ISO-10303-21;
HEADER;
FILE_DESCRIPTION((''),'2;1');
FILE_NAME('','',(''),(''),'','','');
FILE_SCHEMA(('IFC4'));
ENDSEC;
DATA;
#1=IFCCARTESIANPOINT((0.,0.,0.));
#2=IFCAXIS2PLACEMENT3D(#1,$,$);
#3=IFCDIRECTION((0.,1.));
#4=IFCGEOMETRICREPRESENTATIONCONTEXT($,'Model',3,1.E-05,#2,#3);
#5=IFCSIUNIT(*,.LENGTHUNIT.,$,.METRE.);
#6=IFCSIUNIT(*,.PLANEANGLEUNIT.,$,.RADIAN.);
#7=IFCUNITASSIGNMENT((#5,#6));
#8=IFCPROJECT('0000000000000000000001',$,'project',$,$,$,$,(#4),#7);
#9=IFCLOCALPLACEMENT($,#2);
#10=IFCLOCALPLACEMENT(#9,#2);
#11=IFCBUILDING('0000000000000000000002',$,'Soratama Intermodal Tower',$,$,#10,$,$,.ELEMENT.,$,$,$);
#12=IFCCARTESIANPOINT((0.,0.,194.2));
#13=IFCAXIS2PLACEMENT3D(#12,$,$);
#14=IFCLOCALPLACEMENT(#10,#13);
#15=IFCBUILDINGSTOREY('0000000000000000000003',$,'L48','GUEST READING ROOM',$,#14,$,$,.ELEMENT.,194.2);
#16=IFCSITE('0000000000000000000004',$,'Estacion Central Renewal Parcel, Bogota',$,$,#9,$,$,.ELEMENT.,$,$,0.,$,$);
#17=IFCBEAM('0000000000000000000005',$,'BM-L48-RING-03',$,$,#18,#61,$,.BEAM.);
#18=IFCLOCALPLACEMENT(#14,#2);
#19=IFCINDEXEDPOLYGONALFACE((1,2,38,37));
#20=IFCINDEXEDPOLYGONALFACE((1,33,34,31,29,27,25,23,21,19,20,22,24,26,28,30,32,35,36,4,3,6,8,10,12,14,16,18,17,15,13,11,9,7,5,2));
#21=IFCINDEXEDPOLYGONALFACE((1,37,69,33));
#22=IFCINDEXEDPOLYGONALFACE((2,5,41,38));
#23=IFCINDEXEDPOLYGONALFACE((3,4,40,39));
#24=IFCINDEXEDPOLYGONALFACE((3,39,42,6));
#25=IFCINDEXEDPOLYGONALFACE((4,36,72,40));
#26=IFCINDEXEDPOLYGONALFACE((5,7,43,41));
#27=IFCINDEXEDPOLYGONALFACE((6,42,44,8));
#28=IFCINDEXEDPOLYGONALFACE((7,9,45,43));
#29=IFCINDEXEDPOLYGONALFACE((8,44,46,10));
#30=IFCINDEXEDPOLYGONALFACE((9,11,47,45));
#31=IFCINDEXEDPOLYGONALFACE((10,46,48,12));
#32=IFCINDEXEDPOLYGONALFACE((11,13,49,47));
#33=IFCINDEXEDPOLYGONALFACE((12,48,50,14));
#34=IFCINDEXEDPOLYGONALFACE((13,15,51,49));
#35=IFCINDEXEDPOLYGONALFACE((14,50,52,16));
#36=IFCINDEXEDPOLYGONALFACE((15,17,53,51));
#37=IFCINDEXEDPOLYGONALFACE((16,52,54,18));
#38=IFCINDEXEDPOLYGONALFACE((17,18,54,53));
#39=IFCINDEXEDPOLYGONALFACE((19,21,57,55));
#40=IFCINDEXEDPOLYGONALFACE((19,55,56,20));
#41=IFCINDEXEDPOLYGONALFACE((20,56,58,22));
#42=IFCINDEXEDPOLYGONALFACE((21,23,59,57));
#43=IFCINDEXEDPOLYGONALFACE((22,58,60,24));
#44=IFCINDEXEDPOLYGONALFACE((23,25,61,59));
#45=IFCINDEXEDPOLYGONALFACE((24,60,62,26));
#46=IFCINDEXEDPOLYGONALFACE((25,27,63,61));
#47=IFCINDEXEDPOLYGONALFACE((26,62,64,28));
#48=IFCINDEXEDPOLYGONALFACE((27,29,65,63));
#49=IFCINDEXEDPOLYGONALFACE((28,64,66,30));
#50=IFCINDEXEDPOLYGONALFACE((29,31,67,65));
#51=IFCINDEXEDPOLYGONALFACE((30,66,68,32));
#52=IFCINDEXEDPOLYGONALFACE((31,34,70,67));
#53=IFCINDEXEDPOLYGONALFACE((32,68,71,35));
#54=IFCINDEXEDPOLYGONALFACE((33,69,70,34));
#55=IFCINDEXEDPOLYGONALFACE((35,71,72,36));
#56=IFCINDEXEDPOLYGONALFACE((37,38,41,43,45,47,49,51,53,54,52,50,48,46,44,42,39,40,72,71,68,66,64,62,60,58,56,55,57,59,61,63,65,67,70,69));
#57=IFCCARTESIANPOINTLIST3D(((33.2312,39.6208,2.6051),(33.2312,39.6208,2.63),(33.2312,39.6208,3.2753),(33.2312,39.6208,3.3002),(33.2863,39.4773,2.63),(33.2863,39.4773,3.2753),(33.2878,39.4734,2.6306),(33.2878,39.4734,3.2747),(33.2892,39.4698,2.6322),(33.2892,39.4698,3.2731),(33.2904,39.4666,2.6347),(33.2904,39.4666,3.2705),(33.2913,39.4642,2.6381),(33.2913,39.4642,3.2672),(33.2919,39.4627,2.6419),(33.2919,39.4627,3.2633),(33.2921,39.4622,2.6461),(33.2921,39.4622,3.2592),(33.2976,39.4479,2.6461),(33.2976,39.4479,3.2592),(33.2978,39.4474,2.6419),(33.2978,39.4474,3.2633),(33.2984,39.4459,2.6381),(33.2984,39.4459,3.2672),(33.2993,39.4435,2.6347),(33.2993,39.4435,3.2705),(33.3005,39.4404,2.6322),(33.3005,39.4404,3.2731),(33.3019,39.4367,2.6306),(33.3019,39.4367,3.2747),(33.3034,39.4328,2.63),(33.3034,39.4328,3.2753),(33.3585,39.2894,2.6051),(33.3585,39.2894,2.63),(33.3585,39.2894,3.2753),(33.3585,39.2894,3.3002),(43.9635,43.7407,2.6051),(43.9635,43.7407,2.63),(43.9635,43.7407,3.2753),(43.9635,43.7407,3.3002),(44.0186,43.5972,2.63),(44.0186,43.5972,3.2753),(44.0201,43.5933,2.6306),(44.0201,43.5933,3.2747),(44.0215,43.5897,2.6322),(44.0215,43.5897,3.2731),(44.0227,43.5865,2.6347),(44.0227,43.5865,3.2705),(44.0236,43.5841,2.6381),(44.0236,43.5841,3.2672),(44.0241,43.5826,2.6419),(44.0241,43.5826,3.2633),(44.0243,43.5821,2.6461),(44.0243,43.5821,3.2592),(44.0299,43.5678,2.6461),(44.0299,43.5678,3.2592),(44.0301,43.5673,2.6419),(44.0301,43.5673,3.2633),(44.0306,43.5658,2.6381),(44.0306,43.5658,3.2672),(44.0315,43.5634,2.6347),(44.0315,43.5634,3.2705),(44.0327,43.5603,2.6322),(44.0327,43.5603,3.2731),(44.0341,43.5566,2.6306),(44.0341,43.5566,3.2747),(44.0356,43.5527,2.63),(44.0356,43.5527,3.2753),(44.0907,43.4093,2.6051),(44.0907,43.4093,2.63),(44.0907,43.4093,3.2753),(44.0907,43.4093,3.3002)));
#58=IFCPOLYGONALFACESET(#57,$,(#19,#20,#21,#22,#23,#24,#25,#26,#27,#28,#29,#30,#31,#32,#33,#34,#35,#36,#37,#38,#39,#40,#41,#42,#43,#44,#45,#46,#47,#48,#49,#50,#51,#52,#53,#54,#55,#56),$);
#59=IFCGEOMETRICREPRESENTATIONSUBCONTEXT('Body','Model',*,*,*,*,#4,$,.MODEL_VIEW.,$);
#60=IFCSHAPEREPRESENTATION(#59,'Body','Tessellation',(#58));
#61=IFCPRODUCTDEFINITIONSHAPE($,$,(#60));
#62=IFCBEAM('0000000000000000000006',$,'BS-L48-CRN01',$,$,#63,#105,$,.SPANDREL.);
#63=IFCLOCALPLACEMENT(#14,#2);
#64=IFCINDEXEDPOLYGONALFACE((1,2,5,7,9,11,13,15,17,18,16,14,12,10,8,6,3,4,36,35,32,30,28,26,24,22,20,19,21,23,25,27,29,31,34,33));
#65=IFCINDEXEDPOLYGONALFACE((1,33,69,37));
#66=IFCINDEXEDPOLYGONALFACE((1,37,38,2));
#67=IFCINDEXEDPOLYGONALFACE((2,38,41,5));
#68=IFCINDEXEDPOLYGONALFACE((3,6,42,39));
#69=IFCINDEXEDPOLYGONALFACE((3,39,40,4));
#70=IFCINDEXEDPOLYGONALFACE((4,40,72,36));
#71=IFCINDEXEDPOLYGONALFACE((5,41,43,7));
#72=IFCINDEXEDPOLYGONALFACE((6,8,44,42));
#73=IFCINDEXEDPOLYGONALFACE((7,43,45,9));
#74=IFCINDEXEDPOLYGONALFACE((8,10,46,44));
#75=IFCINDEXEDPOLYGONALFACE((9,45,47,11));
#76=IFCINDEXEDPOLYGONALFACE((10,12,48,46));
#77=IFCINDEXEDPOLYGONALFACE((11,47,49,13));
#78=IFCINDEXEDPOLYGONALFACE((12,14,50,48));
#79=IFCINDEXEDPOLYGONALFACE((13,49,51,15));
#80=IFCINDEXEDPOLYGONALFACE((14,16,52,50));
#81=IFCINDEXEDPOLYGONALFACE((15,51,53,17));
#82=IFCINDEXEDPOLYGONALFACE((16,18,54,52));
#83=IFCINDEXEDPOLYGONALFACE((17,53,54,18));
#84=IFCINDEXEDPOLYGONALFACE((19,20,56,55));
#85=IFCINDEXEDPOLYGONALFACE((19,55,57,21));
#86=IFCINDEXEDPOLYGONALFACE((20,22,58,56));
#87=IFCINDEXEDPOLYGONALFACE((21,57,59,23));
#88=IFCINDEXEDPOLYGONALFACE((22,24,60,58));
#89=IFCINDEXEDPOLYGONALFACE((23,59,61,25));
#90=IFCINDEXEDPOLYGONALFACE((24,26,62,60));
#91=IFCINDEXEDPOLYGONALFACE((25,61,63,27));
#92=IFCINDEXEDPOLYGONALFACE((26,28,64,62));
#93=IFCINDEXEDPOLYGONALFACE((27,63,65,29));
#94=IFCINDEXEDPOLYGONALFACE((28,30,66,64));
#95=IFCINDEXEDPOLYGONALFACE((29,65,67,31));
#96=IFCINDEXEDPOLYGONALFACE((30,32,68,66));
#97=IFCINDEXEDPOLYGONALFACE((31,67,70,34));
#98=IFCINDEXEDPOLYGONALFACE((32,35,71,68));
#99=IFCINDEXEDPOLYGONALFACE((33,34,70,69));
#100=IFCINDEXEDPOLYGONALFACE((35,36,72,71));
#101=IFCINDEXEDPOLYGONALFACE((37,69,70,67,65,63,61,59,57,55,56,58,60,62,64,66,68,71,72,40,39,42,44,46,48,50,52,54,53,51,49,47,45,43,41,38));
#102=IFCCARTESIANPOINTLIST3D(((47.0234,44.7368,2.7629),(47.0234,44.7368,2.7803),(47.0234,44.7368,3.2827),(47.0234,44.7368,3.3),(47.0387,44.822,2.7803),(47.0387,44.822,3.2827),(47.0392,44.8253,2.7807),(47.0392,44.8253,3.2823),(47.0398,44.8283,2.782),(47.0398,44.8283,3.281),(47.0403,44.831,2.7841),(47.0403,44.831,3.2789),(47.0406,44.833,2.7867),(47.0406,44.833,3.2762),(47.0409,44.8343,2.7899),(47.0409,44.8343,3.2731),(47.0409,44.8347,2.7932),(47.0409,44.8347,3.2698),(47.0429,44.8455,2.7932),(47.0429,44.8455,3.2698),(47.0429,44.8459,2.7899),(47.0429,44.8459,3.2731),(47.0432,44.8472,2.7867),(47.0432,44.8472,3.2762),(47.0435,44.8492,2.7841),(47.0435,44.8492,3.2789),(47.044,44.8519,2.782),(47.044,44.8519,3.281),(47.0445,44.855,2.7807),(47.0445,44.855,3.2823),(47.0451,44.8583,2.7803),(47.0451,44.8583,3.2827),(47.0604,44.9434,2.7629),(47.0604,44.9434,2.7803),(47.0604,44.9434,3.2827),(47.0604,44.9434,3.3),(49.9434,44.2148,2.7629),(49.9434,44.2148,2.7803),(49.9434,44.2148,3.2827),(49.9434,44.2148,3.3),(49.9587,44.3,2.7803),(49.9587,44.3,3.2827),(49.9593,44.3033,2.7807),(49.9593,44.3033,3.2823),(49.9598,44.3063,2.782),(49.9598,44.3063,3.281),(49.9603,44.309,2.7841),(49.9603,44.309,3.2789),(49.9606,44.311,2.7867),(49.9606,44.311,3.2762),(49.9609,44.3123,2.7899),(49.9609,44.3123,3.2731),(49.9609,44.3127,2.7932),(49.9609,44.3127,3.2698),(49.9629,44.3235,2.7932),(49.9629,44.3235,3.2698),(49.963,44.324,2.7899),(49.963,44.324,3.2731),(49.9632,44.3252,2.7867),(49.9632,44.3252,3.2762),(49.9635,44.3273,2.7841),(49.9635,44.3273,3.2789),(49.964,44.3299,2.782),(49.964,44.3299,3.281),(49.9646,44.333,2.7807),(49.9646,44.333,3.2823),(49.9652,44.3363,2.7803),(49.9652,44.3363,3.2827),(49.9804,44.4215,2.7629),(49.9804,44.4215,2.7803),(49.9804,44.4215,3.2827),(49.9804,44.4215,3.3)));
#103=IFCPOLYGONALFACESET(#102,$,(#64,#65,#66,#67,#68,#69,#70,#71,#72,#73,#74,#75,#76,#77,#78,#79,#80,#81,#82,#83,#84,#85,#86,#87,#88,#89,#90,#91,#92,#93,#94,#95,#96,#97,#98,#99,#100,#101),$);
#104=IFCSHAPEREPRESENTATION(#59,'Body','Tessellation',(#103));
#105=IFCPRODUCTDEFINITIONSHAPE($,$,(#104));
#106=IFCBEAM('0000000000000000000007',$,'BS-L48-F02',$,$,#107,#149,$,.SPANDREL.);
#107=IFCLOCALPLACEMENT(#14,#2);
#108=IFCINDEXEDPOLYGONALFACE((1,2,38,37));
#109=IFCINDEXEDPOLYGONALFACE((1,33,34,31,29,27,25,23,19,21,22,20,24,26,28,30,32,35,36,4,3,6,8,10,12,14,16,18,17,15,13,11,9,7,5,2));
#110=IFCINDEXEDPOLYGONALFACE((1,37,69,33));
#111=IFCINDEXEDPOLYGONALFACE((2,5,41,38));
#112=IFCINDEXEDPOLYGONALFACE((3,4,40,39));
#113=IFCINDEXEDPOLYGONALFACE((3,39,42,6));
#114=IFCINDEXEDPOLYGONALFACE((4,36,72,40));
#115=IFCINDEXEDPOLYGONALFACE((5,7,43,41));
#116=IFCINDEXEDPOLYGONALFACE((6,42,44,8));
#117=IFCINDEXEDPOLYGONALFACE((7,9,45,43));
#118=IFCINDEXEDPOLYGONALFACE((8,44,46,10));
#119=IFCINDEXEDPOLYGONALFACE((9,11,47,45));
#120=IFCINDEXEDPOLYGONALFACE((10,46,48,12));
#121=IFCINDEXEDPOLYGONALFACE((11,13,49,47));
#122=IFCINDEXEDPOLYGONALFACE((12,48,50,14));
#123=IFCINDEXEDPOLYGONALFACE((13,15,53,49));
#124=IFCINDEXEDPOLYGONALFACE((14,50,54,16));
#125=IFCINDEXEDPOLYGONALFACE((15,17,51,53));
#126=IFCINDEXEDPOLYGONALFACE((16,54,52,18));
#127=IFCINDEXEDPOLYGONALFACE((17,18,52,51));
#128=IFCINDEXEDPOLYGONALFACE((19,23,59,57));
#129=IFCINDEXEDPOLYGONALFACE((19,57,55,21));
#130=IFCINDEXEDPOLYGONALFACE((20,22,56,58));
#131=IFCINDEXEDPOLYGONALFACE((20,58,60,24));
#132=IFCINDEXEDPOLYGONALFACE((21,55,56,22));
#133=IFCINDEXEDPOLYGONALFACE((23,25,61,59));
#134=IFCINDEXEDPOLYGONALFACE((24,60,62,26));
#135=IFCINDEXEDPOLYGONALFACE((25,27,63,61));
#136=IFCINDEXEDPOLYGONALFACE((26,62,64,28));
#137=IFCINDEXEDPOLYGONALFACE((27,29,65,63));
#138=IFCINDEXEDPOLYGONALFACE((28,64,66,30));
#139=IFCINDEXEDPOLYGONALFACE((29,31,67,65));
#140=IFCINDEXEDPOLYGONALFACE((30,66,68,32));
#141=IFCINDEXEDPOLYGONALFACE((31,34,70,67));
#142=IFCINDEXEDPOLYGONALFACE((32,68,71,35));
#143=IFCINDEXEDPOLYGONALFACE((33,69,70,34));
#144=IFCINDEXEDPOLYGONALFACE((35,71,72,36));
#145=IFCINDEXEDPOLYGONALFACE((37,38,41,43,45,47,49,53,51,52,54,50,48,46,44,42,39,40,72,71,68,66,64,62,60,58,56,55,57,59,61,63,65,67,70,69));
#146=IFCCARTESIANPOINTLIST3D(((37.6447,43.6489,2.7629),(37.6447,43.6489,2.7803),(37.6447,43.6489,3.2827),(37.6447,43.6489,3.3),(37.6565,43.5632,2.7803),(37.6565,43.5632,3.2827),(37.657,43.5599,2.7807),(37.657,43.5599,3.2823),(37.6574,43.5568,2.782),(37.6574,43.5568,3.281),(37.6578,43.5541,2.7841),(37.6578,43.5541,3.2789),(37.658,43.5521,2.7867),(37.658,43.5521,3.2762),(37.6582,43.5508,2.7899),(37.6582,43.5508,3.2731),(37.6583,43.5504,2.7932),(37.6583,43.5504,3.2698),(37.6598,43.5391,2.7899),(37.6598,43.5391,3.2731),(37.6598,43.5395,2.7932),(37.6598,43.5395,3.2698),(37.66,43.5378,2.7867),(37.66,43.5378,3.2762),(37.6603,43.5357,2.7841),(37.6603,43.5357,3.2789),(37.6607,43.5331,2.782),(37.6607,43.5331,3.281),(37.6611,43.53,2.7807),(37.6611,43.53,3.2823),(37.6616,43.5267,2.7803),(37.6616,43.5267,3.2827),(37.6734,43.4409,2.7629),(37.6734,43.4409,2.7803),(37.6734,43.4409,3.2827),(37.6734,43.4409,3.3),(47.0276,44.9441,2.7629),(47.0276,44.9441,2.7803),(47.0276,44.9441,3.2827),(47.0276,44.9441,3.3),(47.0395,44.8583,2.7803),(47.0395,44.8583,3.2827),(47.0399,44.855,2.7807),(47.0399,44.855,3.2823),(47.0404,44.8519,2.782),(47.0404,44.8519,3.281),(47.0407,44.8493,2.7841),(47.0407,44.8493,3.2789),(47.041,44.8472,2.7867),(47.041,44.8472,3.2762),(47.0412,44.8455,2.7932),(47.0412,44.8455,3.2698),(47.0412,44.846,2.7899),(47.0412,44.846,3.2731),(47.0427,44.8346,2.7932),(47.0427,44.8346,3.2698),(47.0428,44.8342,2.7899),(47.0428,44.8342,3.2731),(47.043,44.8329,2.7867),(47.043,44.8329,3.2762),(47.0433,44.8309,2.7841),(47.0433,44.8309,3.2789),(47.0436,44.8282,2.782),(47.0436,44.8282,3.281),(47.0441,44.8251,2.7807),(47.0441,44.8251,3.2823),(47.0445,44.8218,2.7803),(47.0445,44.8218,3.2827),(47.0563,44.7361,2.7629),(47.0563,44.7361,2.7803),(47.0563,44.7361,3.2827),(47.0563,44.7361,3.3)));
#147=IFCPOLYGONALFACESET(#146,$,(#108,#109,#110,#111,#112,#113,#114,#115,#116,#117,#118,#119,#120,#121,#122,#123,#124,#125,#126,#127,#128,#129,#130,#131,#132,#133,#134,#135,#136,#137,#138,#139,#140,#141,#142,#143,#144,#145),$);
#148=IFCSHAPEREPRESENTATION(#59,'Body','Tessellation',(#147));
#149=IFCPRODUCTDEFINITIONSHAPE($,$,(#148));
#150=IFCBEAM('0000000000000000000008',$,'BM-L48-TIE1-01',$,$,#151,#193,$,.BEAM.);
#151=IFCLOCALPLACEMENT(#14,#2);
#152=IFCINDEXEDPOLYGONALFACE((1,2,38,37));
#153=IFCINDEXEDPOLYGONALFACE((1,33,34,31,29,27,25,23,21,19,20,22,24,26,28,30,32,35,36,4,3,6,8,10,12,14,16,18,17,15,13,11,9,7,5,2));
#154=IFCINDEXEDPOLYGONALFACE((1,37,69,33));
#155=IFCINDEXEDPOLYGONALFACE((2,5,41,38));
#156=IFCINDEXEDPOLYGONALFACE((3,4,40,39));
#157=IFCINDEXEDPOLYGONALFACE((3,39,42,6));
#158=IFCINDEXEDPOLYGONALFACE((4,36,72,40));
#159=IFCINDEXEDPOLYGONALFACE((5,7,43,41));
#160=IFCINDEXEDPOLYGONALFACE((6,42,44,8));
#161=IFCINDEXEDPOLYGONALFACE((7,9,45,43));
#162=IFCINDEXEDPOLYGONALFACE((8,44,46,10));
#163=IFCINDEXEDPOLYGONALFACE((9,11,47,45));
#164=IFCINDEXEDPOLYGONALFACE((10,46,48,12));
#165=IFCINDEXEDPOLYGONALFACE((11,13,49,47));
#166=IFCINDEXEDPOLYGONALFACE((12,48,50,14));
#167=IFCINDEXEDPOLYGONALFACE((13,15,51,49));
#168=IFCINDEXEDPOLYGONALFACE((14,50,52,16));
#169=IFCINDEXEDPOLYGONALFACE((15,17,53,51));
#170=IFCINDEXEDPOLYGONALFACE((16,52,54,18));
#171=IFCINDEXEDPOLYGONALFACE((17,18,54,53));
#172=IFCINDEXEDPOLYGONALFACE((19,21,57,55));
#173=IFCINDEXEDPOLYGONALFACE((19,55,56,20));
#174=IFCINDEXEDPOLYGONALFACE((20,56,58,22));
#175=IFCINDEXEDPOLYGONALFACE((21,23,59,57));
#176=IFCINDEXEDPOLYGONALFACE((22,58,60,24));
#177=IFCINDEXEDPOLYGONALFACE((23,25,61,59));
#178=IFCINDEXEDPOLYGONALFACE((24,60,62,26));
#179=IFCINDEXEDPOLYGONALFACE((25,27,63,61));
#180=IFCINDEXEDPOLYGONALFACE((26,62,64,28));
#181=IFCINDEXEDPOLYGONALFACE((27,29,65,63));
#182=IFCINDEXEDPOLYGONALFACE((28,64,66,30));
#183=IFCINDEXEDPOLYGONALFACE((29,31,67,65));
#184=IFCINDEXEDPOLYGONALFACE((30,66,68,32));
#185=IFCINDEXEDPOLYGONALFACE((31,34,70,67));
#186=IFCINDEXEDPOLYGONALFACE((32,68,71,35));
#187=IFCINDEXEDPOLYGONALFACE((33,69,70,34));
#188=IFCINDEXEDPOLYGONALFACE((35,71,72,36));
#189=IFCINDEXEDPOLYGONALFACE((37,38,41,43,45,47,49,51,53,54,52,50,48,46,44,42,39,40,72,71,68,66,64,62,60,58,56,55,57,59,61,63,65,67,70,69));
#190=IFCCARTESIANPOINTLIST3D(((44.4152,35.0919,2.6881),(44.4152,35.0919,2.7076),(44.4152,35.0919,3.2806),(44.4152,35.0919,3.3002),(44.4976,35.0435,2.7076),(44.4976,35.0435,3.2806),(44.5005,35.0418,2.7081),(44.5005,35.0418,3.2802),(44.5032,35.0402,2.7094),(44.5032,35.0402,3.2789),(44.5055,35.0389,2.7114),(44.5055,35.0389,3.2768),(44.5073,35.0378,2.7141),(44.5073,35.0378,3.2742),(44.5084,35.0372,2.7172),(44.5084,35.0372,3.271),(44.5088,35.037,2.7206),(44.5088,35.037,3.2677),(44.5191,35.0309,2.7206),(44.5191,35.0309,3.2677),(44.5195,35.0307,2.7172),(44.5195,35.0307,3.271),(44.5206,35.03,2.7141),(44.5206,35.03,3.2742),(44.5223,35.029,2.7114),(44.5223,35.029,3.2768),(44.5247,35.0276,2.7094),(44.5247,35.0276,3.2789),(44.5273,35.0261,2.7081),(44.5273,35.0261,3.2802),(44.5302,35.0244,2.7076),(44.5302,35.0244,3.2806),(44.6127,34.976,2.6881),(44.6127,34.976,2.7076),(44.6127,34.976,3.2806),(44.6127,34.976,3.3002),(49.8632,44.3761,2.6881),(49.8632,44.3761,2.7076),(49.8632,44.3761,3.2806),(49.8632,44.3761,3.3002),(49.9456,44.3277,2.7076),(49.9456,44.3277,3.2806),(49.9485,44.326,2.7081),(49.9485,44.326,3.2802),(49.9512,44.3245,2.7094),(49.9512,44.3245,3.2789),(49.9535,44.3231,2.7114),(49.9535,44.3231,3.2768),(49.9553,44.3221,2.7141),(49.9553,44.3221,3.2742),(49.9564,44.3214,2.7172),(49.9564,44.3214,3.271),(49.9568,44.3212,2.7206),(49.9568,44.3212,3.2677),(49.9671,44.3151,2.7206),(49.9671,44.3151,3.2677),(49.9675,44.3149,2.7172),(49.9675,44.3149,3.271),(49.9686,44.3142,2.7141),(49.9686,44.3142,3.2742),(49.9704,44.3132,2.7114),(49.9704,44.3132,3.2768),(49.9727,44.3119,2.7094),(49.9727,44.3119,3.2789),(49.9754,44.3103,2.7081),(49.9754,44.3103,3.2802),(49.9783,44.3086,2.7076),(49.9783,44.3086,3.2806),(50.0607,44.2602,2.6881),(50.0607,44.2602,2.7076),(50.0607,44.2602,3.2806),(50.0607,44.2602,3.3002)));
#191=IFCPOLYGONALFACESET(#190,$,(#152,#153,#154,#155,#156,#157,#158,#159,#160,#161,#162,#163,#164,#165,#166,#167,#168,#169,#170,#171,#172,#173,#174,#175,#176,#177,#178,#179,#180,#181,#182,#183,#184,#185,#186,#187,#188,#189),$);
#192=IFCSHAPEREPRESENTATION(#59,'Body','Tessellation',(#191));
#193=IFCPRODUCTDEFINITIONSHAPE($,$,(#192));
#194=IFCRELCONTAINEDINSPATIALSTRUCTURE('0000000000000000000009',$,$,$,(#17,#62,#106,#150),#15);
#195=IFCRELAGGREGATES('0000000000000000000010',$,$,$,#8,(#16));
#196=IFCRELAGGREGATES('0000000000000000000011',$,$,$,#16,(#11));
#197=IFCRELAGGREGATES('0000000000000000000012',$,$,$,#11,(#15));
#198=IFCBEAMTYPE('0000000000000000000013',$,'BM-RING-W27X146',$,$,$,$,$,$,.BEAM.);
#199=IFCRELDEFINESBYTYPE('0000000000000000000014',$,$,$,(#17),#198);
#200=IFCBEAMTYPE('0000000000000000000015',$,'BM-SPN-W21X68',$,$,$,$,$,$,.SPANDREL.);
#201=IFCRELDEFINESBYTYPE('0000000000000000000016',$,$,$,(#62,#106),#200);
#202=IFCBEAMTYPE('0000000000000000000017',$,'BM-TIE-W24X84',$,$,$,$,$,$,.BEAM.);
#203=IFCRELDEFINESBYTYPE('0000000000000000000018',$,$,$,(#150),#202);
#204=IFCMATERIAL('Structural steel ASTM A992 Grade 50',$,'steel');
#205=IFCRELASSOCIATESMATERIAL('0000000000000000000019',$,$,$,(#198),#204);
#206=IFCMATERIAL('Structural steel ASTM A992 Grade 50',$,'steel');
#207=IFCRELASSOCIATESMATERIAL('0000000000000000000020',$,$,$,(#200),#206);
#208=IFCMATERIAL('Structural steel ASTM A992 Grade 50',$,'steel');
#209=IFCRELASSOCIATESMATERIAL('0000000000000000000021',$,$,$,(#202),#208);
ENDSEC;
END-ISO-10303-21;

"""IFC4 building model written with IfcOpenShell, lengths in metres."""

from ifc_helpers import new_model, si_unit, direction, frame, origin, origin_2d, place, context, subcontext, project, spatial, i_section, extrude, material, material_profile, profile_set, type_object, element, save


model = new_model("IFC4")

# Units and contexts
model_context = context("Model", 3, precision=1e-05, world=origin(), true_north=direction((0.0, 1.0)))
body_context = subcontext(model_context, "Body", "Model", "MODEL_VIEW")
ifc_project = project(units=[si_unit("LENGTHUNIT", "METRE"), si_unit("PLANEANGLEUNIT", "RADIAN")], contexts=[model_context])

# Site, building, storey
site_placement = place(None, origin())
site = spatial("IfcSite", under=ifc_project, at=site_placement, Name="Estacion Central Renewal Parcel, Bogota", CompositionType="ELEMENT", RefElevation=0.0)
building_placement = place(site_placement, origin())
building = spatial("IfcBuilding", under=site, at=building_placement, Name="Soratama Intermodal Tower", CompositionType="ELEMENT")
storey_placement = place(building_placement, frame((0.0, 0.0, 194.2)))
storey = spatial("IfcBuildingStorey", under=building, at=storey_placement, Name="L48", Description="GUEST READING ROOM", CompositionType="ELEMENT", Elevation=194.2)

# Beams
ifc_material_1 = material(Name="Structural steel ASTM A992 Grade 50", Category="steel")
ifc_material_profile_1 = material_profile(ifc_material_1, i_section(OverallWidth=0.355, OverallDepth=0.6951, WebThickness=0.0154, FlangeThickness=0.0249, FilletRadius=0.0161, at=origin_2d()), Name="W27X146")
ifc_profile_set_1 = profile_set([ifc_material_profile_1], Name="Structural steel ASTM A992 Grade 50")
beam_type_1 = type_object("IfcBeamType", Name="BM-RING-W27X146", PredefinedType="BEAM", material=ifc_profile_set_1)
beam_1_placement = place(storey_placement, frame((44.0271, 43.575, 2.9526), z_axis=(-0.933575, -0.358381, 0.0), x_axis=(0.358381, -0.933575, 0.0)))
element("IfcBeam", 1, at=beam_1_placement, inside=storey, type_object=beam_type_1, Name="BM-L48-RING-03", PredefinedType="BEAM", context=body_context, shape_type="SweptSolid", body=[
    extrude(i_section(OverallWidth=0.355, OverallDepth=0.6951, WebThickness=0.0154, FlangeThickness=0.0249, FilletRadius=0.0161, at=origin_2d()), origin(), (0.0, 0.0, 1.0), 11.4958),
])
ifc_material_2 = material(Name="Structural steel ASTM A992 Grade 50", Category="steel")
ifc_material_profile_2 = material_profile(ifc_material_2, i_section(OverallWidth=0.21, OverallDepth=0.5371, WebThickness=0.011, FlangeThickness=0.0173, FilletRadius=0.0129, at=origin_2d()), Name="W21X68")
ifc_profile_set_2 = profile_set([ifc_material_profile_2], Name="Structural steel ASTM A992 Grade 50")
beam_type_2 = type_object("IfcBeamType", Name="BM-SPN-W21X68", PredefinedType="SPANDREL", material=ifc_profile_set_2)
beam_2_placement = place(storey_placement, frame((49.9619, 44.3181, 3.0315), z_axis=(-0.984395, 0.175973, 0.0), x_axis=(-0.175973, -0.984395, 0.0)))
element("IfcBeam", 2, at=beam_2_placement, inside=storey, type_object=beam_type_2, Name="BS-L48-CRN01", PredefinedType="SPANDREL", context=body_context, shape_type="SweptSolid", body=[
    extrude(i_section(OverallWidth=0.21, OverallDepth=0.5371, WebThickness=0.011, FlangeThickness=0.0173, FilletRadius=0.0129, at=origin_2d()), origin(), (0.0, 0.0, 1.0), 2.9663),
])
beam_3_placement = place(storey_placement, frame((47.042, 44.8401, 3.0315), z_axis=(-0.990608, -0.136736, 0.0), x_axis=(0.136736, -0.990608, 0.0)))
element("IfcBeam", 3, at=beam_3_placement, inside=storey, type_object=beam_type_2, Name="BS-L48-F02", PredefinedType="SPANDREL", context=body_context, shape_type="SweptSolid", body=[
    extrude(i_section(OverallWidth=0.21, OverallDepth=0.5371, WebThickness=0.011, FlangeThickness=0.0173, FilletRadius=0.0129, at=origin_2d()), origin(), (0.0, 0.0, 1.0), 9.4719),
])
ifc_material_3 = material(Name="Structural steel ASTM A992 Grade 50", Category="steel")
ifc_material_profile_3 = material_profile(ifc_material_3, i_section(OverallWidth=0.229, OverallDepth=0.6121, WebThickness=0.012, FlangeThickness=0.0195, FilletRadius=0.0129, at=origin_2d()), Name="W24X84")
ifc_profile_set_3 = profile_set([ifc_material_profile_3], Name="Structural steel ASTM A992 Grade 50")
beam_type_3 = type_object("IfcBeamType", Name="BM-TIE-W24X84", PredefinedType="BEAM", material=ifc_profile_set_3)
beam_4_placement = place(storey_placement, frame((44.5139, 35.0339, 2.9941), z_axis=(0.506103, 0.862473, 0.0), x_axis=(-0.862473, 0.506103, 0.0)))
element("IfcBeam", 4, at=beam_4_placement, inside=storey, type_object=beam_type_3, Name="BM-L48-TIE1-01", PredefinedType="BEAM", context=body_context, shape_type="SweptSolid", body=[
    extrude(i_section(OverallWidth=0.229, OverallDepth=0.6121, WebThickness=0.012, FlangeThickness=0.0195, FilletRadius=0.0129, at=origin_2d()), origin(), (0.0, 0.0, 1.0), 10.7646),
])

save(model, "model.ifc")
